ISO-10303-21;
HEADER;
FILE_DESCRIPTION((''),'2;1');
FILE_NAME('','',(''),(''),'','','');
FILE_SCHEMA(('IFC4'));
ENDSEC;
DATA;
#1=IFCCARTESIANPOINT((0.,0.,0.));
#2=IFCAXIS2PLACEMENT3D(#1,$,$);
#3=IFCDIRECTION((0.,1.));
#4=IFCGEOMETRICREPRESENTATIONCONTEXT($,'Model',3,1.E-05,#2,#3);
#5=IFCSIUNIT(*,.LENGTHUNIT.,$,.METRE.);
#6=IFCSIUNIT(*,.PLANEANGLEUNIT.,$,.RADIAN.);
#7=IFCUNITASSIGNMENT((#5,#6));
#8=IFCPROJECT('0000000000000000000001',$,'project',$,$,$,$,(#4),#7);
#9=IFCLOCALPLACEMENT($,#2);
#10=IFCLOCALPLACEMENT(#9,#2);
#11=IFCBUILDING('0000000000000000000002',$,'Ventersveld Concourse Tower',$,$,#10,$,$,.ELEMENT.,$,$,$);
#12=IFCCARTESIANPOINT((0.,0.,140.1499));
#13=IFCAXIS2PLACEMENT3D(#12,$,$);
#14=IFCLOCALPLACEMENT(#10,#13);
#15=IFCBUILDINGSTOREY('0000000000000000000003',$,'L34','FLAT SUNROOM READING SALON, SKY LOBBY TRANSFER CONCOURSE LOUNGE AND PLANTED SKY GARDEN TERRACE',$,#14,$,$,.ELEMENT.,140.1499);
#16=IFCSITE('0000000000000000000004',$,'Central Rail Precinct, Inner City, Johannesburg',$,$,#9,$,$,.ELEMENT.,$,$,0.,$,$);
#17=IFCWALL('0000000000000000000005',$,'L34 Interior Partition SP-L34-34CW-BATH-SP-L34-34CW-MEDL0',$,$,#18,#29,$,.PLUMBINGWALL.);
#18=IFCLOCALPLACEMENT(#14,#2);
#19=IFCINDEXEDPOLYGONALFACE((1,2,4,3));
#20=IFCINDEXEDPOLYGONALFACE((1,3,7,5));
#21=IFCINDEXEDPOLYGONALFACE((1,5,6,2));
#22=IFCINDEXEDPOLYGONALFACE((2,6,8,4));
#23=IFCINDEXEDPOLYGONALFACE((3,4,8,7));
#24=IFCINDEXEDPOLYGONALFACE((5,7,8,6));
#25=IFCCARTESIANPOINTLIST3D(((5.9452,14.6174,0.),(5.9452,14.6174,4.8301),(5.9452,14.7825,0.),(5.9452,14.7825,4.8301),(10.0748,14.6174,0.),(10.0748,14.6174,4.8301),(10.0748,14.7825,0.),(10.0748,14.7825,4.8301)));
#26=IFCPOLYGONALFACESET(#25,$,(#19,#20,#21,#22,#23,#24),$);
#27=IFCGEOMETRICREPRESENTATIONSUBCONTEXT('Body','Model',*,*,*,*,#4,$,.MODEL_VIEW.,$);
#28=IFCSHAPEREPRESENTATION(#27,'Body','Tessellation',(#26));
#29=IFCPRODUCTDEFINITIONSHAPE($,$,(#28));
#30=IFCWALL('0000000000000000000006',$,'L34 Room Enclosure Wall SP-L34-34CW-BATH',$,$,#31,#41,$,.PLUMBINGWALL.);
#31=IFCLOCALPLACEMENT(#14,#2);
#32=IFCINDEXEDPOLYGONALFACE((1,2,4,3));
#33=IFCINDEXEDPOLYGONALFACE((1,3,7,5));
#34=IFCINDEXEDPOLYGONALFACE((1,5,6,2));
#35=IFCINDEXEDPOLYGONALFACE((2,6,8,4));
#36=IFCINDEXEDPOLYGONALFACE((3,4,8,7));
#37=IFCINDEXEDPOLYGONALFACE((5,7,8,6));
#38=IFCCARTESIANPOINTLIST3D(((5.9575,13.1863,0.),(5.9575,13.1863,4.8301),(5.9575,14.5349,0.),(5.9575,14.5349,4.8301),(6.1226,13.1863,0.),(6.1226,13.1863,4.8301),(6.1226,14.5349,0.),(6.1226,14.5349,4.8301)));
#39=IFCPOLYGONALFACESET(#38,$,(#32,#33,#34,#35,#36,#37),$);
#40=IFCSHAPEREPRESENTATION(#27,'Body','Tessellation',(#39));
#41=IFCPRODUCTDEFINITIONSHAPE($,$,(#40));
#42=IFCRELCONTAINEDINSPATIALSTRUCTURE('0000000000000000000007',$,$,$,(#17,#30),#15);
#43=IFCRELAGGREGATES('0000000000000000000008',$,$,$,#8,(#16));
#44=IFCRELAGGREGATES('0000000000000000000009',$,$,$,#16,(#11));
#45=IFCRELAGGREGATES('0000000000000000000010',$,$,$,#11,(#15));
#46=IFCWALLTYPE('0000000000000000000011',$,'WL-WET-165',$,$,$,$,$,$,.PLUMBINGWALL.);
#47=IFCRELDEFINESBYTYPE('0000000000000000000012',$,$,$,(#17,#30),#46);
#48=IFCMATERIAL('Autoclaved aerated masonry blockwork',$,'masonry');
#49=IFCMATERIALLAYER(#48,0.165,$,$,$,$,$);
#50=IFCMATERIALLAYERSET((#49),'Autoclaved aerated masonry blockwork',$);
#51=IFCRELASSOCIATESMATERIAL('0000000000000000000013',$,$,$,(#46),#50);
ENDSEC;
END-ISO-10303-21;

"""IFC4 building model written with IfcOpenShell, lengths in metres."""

from ifc_helpers import new_model, si_unit, direction, frame, frame_2d, origin, place, context, subcontext, project, spatial, rectangle, extrude, material, layer, layer_set, type_object, element, save


model = new_model("IFC4")

# Units and contexts
model_context = context("Model", 3, precision=1e-05, world=origin(), true_north=direction((0.0, 1.0)))
body_context = subcontext(model_context, "Body", "Model", "MODEL_VIEW")
ifc_project = project(units=[si_unit("LENGTHUNIT", "METRE"), si_unit("PLANEANGLEUNIT", "RADIAN")], contexts=[model_context])

# Site, building, storey
site_placement = place(None, origin())
site = spatial("IfcSite", under=ifc_project, at=site_placement, Name="Central Rail Precinct, Inner City, Johannesburg", CompositionType="ELEMENT", RefElevation=0.0)
building_placement = place(site_placement, origin())
building = spatial("IfcBuilding", under=site, at=building_placement, Name="Ventersveld Concourse Tower", CompositionType="ELEMENT")
storey_placement = place(building_placement, frame((0.0, 0.0, 140.1499)))
storey = spatial("IfcBuildingStorey", under=building, at=storey_placement, Name="L34", Description="FLAT SUNROOM READING SALON, SKY LOBBY TRANSFER CONCOURSE LOUNGE AND PLANTED SKY GARDEN TERRACE", CompositionType="ELEMENT", Elevation=140.1499)

# Shared definitions
ifc_material_1 = material(Name="Autoclaved aerated masonry blockwork", Category="masonry")

# Shared definitions
ifc_layer_1 = layer(ifc_material_1, 0.165)
ifc_layer_set_1 = layer_set([ifc_layer_1], Name="Autoclaved aerated masonry blockwork")
wall_type_1 = type_object("IfcWallType", Name="WL-WET-165", PredefinedType="PLUMBINGWALL", material=ifc_layer_set_1)

# Walls
wall_1_placement = place(storey_placement, frame((5.9451, 14.7, 0.0), z_axis=(0.0, 0.0, 1.0), x_axis=(1.0, 0.0, 0.0)))
element("IfcWall", 1, at=wall_1_placement, inside=storey, type_object=wall_type_1, Name="L34 Interior Partition SP-L34-34CW-BATH-SP-L34-34CW-MEDL0", PredefinedType="PLUMBINGWALL", context=body_context, shape_type="SweptSolid", body=[
    extrude(rectangle(XDim=4.1296, YDim=0.165, at=frame_2d((2.0649, 0.0))), origin(), (0.0, 0.0, 1.0), 4.8301),
])
wall_2_placement = place(storey_placement, frame((6.04, 13.1863, 0.0), z_axis=(0.0, 0.0, 1.0), x_axis=(0.0, 1.0, 0.0)))
element("IfcWall", 2, at=wall_2_placement, inside=storey, type_object=wall_type_1, Name="L34 Room Enclosure Wall SP-L34-34CW-BATH", PredefinedType="PLUMBINGWALL", context=body_context, shape_type="SweptSolid", body=[
    extrude(rectangle(XDim=1.3486, YDim=0.165, at=frame_2d((0.6743, 0.0))), origin(), (0.0, 0.0, 1.0), 4.8301),
])

save(model, "model.ifc")
